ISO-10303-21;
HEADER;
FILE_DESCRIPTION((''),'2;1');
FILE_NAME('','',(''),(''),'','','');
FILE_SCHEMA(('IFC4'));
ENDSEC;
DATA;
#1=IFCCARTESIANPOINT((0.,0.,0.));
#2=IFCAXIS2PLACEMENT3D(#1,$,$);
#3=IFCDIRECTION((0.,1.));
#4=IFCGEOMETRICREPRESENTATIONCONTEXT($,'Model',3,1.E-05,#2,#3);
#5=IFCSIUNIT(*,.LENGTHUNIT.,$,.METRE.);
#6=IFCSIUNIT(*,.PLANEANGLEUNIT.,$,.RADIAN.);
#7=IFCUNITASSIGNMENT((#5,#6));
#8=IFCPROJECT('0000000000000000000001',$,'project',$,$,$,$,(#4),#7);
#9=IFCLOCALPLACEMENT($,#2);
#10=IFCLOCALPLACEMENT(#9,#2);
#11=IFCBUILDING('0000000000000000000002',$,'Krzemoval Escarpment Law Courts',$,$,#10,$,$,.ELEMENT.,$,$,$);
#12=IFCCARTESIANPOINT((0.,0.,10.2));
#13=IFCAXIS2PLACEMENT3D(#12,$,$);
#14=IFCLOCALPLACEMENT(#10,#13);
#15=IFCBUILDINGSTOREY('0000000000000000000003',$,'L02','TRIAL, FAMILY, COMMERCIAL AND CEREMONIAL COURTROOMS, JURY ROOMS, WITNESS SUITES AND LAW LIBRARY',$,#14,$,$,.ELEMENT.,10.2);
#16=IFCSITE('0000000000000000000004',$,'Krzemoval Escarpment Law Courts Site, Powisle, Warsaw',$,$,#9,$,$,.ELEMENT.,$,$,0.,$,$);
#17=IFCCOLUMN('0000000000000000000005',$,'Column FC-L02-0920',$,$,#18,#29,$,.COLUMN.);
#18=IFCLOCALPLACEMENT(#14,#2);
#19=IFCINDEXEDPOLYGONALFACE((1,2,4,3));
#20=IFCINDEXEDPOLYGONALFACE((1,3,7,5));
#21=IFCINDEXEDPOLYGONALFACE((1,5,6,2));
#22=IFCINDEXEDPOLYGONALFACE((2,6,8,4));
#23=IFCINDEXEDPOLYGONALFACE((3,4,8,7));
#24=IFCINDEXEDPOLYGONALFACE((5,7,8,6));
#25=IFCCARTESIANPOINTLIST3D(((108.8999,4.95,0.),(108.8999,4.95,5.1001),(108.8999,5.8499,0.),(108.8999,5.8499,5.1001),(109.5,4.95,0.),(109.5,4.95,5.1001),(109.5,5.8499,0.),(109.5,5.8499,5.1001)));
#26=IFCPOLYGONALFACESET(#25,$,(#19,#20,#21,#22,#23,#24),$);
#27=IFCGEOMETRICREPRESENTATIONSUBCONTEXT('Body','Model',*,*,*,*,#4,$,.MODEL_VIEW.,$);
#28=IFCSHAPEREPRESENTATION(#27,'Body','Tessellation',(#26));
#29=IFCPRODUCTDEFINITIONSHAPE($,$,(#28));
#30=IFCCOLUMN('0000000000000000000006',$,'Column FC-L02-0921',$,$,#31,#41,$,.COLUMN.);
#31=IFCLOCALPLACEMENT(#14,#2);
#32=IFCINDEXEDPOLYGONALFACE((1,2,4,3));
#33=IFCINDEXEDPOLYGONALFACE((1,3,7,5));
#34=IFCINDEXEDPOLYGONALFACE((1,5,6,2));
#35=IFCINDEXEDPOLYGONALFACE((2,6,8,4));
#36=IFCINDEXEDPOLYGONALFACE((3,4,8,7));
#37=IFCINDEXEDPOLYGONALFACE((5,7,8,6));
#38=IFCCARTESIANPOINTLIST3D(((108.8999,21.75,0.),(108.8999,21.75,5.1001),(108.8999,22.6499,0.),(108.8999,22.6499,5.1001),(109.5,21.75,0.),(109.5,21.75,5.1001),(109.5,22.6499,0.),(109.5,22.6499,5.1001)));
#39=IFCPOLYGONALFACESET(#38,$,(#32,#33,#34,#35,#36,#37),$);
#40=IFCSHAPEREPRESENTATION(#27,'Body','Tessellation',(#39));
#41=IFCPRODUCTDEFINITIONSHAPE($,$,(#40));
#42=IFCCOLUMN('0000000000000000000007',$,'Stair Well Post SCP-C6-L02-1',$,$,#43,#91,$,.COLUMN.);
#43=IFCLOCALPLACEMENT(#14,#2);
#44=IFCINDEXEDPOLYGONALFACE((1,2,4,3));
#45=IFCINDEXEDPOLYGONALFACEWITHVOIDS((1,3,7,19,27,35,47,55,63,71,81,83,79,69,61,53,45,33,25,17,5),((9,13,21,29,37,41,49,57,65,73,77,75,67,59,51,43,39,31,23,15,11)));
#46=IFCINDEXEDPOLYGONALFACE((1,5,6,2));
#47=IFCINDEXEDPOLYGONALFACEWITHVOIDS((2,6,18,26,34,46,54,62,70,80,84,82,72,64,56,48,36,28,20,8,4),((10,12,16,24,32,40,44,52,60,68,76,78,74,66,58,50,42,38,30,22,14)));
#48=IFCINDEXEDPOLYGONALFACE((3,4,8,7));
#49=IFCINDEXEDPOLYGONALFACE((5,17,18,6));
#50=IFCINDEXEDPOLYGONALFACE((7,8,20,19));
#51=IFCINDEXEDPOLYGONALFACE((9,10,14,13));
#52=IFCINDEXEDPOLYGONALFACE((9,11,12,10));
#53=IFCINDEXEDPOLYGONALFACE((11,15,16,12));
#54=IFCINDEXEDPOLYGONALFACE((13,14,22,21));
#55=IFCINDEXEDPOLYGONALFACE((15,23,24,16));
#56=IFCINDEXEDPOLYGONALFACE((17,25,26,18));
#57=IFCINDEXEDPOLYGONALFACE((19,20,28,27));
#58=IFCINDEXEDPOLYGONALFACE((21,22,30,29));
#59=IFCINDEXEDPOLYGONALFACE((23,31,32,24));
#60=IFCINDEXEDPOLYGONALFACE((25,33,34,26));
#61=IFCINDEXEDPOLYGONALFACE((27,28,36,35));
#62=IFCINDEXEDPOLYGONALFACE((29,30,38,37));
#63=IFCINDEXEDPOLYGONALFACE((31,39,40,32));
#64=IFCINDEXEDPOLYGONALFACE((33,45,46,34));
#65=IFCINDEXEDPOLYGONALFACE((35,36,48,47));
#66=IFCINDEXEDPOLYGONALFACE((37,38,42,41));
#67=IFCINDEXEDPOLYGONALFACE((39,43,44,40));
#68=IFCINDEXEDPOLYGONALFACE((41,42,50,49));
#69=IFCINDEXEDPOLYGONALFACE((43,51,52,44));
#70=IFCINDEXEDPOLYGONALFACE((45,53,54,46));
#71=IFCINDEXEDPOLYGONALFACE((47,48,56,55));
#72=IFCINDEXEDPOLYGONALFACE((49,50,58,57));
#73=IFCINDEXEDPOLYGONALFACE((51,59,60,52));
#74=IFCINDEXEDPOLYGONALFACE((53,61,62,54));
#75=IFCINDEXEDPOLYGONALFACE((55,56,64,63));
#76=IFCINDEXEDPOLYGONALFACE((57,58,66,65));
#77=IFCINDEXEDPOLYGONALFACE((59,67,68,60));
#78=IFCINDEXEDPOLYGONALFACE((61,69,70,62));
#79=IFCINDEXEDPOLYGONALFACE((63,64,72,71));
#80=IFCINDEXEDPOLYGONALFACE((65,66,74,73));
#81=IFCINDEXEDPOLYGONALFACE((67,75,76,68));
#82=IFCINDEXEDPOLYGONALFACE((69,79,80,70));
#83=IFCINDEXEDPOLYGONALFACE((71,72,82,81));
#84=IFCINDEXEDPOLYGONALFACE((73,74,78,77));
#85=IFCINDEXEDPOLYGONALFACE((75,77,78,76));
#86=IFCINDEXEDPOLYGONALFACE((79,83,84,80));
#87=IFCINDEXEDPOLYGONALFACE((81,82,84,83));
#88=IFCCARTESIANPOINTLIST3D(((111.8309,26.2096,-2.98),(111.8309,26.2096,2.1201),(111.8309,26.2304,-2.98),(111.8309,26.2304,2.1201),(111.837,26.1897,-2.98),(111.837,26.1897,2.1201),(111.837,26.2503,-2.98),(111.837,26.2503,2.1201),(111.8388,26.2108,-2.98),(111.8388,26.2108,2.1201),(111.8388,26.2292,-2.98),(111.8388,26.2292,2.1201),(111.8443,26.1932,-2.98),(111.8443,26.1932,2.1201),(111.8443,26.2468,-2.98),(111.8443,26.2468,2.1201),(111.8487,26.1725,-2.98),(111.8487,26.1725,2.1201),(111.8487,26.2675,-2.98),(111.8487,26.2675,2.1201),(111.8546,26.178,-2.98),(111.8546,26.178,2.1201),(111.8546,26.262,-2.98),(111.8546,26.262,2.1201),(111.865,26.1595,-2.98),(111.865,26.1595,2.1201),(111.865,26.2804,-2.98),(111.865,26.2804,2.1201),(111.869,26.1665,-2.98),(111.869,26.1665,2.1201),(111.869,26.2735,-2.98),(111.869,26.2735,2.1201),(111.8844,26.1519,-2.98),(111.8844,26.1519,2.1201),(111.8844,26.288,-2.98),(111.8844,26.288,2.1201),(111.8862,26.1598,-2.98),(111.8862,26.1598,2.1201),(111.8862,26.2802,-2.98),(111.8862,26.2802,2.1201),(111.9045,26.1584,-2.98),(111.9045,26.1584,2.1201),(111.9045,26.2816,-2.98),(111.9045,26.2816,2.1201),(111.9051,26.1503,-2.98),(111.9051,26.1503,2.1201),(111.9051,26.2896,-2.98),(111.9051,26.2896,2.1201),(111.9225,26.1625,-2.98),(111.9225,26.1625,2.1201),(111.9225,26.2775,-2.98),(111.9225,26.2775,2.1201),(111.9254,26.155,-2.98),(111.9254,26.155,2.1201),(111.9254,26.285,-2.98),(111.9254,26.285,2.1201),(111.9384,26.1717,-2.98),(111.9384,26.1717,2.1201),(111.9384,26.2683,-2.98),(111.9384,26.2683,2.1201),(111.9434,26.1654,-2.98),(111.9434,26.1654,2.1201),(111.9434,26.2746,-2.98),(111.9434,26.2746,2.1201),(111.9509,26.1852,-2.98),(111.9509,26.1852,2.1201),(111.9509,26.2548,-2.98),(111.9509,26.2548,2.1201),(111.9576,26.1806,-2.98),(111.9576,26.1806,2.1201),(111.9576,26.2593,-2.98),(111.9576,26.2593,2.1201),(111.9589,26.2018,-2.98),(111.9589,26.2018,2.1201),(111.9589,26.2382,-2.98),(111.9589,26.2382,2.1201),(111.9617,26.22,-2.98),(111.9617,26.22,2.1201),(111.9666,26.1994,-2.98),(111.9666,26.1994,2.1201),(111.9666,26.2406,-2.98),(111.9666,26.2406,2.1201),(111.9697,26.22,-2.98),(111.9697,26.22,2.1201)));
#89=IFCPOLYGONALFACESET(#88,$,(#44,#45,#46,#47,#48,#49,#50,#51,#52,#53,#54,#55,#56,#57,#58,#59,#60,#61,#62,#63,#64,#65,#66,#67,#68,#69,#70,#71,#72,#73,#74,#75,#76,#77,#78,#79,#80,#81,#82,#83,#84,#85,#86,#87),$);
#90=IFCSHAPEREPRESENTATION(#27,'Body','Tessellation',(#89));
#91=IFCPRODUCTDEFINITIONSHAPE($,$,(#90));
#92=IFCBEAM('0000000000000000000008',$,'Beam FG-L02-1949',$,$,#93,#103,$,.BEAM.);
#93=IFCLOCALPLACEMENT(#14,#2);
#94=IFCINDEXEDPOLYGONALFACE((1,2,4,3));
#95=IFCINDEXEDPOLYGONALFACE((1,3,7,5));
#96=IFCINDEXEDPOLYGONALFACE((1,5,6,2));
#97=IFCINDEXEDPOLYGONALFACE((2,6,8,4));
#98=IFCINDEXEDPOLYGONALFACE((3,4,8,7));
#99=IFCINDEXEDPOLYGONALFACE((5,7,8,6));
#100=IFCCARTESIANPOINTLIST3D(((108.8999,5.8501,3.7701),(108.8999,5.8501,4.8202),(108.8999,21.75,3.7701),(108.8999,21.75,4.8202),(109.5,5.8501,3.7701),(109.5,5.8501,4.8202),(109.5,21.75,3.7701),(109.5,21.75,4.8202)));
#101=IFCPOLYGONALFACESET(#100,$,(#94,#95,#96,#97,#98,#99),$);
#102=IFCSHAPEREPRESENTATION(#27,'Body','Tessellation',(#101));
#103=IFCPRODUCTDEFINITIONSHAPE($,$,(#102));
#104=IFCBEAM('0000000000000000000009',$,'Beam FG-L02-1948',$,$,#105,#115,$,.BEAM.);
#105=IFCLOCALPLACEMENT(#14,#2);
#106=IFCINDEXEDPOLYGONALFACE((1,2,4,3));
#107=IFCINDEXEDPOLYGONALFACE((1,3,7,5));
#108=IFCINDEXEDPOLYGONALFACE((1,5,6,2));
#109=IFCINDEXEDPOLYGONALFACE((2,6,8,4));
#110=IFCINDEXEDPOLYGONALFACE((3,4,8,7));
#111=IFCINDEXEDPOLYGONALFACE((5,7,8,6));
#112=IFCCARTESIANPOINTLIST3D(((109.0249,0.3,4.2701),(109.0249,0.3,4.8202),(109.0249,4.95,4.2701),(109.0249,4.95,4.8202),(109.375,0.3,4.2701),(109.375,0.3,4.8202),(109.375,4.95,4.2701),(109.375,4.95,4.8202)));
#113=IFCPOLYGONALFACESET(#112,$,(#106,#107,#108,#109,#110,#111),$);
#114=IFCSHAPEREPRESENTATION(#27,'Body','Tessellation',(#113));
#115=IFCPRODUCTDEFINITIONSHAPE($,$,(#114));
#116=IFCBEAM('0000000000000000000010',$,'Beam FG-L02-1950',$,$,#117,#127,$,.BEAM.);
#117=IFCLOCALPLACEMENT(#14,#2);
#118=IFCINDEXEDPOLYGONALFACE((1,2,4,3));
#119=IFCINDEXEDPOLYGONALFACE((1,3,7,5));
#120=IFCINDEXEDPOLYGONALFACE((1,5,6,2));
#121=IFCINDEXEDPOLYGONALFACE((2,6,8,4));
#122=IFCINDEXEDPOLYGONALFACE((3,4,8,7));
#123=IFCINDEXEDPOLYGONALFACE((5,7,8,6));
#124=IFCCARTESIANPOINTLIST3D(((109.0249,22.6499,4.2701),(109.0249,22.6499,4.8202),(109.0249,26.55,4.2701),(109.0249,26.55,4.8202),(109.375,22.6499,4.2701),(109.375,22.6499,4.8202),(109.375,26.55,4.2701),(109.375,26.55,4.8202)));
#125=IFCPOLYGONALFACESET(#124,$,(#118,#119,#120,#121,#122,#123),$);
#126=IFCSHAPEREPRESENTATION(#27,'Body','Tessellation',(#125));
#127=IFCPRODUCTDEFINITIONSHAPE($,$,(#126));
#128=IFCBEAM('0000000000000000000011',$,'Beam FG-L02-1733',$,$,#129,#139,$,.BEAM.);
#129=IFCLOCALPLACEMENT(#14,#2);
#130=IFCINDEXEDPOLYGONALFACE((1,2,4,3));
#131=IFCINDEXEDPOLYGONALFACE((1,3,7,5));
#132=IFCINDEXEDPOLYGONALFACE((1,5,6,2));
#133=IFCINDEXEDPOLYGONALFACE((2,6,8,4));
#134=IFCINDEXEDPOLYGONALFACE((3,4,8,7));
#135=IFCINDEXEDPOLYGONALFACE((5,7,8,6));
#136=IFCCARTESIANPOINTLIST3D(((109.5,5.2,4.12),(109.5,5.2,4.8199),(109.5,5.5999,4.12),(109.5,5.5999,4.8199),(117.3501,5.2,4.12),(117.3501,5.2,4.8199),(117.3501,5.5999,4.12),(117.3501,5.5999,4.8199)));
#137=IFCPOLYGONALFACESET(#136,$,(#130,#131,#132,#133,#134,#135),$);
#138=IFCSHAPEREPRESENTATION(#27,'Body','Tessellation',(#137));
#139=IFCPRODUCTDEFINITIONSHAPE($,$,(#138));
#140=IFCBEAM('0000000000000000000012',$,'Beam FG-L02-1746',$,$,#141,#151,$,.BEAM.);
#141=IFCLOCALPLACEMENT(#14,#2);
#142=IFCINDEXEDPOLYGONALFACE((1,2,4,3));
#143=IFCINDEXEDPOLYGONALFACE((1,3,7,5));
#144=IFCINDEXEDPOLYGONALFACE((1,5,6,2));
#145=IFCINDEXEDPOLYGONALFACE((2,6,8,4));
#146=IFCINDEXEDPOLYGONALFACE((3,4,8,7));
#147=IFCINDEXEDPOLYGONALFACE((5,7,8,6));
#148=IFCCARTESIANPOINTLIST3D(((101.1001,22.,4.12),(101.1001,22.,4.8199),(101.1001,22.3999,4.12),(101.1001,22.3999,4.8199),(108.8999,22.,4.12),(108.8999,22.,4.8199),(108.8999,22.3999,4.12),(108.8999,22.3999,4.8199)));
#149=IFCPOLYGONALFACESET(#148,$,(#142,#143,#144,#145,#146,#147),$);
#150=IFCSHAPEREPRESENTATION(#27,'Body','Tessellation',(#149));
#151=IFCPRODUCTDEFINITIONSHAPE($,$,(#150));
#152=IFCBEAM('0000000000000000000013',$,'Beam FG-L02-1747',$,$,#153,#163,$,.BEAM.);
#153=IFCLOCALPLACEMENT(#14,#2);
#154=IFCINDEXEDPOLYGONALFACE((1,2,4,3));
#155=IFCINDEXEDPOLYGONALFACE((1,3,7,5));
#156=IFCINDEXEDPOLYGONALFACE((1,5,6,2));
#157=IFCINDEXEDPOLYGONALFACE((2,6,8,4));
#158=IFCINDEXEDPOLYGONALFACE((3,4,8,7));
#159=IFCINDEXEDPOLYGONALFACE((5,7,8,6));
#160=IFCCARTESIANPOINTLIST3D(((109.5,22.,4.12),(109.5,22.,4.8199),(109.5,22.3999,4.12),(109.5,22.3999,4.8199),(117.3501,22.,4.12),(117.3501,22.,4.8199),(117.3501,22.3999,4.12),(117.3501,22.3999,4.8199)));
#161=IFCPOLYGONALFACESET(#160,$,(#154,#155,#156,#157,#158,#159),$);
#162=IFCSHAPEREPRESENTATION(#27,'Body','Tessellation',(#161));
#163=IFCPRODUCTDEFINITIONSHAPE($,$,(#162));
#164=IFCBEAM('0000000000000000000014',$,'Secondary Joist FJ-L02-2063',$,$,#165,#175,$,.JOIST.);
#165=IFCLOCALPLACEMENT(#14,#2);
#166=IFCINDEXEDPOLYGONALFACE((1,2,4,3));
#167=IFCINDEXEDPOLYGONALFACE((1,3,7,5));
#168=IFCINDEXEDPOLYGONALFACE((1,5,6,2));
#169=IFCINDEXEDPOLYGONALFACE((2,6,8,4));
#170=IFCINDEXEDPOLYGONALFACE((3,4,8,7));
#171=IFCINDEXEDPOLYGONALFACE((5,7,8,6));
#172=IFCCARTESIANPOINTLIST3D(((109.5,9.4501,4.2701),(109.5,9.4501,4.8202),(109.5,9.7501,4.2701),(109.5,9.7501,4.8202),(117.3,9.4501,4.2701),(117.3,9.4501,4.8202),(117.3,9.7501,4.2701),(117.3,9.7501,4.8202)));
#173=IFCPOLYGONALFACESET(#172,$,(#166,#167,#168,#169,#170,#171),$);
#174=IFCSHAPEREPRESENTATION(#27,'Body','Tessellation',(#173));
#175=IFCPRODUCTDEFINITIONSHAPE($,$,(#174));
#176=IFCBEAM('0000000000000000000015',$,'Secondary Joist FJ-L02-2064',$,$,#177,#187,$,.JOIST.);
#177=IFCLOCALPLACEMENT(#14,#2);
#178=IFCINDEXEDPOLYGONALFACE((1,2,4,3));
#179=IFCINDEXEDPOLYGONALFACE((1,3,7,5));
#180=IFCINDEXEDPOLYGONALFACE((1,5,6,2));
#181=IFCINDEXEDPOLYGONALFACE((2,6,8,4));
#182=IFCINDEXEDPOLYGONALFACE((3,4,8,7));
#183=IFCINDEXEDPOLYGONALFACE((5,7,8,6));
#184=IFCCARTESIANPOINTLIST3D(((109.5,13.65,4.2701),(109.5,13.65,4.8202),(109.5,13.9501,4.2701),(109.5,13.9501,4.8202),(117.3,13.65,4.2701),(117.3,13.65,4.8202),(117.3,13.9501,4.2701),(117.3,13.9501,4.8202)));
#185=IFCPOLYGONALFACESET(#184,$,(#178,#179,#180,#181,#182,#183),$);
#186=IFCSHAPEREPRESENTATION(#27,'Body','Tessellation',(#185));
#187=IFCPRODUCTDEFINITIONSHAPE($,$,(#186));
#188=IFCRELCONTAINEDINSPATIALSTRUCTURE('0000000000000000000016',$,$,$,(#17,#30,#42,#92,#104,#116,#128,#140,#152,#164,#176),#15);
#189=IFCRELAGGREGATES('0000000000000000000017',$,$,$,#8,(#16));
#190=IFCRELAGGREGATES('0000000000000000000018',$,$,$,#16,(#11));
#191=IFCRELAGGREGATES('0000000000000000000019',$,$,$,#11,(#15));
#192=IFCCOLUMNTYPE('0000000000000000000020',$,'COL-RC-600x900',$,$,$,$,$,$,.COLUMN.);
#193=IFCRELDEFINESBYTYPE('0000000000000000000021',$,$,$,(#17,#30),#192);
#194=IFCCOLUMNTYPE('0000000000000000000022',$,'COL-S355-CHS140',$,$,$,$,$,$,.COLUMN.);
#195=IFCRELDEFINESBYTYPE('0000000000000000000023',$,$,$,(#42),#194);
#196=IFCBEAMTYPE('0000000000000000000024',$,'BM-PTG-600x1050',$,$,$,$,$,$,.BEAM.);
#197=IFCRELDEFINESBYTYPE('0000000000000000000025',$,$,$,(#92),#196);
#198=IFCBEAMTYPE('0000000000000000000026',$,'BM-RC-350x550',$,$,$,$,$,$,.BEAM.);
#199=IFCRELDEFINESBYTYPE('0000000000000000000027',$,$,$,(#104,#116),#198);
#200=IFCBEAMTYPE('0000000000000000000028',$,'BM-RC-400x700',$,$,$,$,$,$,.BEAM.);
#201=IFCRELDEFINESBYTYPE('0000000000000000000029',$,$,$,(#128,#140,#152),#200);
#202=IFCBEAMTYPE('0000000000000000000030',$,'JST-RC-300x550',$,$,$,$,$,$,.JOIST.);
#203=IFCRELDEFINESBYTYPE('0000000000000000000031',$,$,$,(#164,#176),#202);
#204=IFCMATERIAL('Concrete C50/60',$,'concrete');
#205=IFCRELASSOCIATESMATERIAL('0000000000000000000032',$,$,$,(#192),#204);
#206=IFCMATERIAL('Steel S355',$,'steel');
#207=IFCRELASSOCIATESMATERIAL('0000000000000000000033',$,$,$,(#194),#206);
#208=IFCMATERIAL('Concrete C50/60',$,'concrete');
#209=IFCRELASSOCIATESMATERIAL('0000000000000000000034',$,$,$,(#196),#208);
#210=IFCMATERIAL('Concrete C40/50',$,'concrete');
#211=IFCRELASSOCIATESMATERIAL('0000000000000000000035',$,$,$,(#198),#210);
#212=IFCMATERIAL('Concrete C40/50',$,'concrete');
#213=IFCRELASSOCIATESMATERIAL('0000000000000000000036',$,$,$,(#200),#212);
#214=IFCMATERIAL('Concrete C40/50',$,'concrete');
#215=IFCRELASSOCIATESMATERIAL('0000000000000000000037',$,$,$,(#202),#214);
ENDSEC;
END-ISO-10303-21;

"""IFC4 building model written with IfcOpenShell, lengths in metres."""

from ifc_helpers import new_model, si_unit, direction, frame, origin, origin_2d, place, context, subcontext, project, spatial, rectangle, hollow_circle, extrude, material, material_profile, profile_set, type_object, element, save


model = new_model("IFC4")

# Units and contexts
model_context = context("Model", 3, precision=1e-05, world=origin(), true_north=direction((0.0, 1.0)))
body_context = subcontext(model_context, "Body", "Model", "MODEL_VIEW")
ifc_project = project(units=[si_unit("LENGTHUNIT", "METRE"), si_unit("PLANEANGLEUNIT", "RADIAN")], contexts=[model_context])

# Site, building, storey
site_placement = place(None, origin())
site = spatial("IfcSite", under=ifc_project, at=site_placement, Name="Krzemoval Escarpment Law Courts Site, Powisle, Warsaw", CompositionType="ELEMENT", RefElevation=0.0)
building_placement = place(site_placement, origin())
building = spatial("IfcBuilding", under=site, at=building_placement, Name="Krzemoval Escarpment Law Courts", CompositionType="ELEMENT")
storey_placement = place(building_placement, frame((0.0, 0.0, 10.2)))
storey = spatial("IfcBuildingStorey", under=building, at=storey_placement, Name="L02", Description="TRIAL, FAMILY, COMMERCIAL AND CEREMONIAL COURTROOMS, JURY ROOMS, WITNESS SUITES AND LAW LIBRARY", CompositionType="ELEMENT", Elevation=10.2)

# Columns
ifc_material_1 = material(Name="Concrete C50/60", Category="concrete")
ifc_material_profile_1 = material_profile(ifc_material_1, rectangle(XDim=0.6001, YDim=0.8999, at=origin_2d()), Name="RC 600x900")
ifc_profile_set_1 = profile_set([ifc_material_profile_1], Name="Concrete C50/60")
column_type_1 = type_object("IfcColumnType", Name="COL-RC-600x900", PredefinedType="COLUMN", material=ifc_profile_set_1)
for number, where, z_axis, x_axis, name in (
    (1, (109.2, 5.3999, 0.0), (0.0, 0.0, 1.0), (1.0, 0.0, 0.0), "Column FC-L02-0920"),
    (2, (109.2, 22.2, 0.0), (0.0, 0.0, 1.0), (1.0, 0.0, 0.0), "Column FC-L02-0921"),
):
    element("IfcColumn", number, at=place(storey_placement, frame(where, z_axis=z_axis, x_axis=x_axis)), inside=storey, type_object=column_type_1, Name=name, PredefinedType="COLUMN", context=body_context, shape_type="SweptSolid", body=[
        extrude(rectangle(XDim=0.6001, YDim=0.8999, at=origin_2d()), origin(), (0.0, 0.0, 1.0), 5.1001),
    ])
ifc_material_2 = material(Name="Steel S355", Category="steel")
ifc_material_profile_2 = material_profile(ifc_material_2, hollow_circle(Radius=0.0698, WallThickness=0.0081, at=origin_2d()), Name="CHS 139.7x8")
ifc_profile_set_2 = profile_set([ifc_material_profile_2], Name="Steel S355")
column_type_2 = type_object("IfcColumnType", Name="COL-S355-CHS140", PredefinedType="COLUMN", material=ifc_profile_set_2)
column_placement = place(storey_placement, frame((111.8999, 26.22, -2.98), z_axis=(0.0, 0.0, 1.0), x_axis=(1.0, 0.0, 0.0)))
element("IfcColumn", 3, at=column_placement, inside=storey, type_object=column_type_2, Name="Stair Well Post SCP-C6-L02-1", PredefinedType="COLUMN", context=body_context, shape_type="SweptSolid", body=[
    extrude(hollow_circle(Radius=0.0698, WallThickness=0.0081, at=origin_2d()), origin(), (0.0, 0.0, 1.0), 5.1001),
])

# Beams
ifc_material_3 = material(Name="Concrete C50/60", Category="concrete")
ifc_material_profile_3 = material_profile(ifc_material_3, rectangle(XDim=0.6001, YDim=1.05, at=origin_2d()), Name="PTG 600x1050")
ifc_profile_set_3 = profile_set([ifc_material_profile_3], Name="Concrete C50/60")
beam_type_1 = type_object("IfcBeamType", Name="BM-PTG-600x1050", PredefinedType="BEAM", material=ifc_profile_set_3)
beam_1_placement = place(storey_placement, frame((109.2, 5.8501, 4.2952), z_axis=(0.0, 1.0, 0.0), x_axis=(-1.0, 0.0, 0.0)))
element("IfcBeam", 4, at=beam_1_placement, inside=storey, type_object=beam_type_1, Name="Beam FG-L02-1949", PredefinedType="BEAM", context=body_context, shape_type="SweptSolid", body=[
    extrude(rectangle(XDim=0.6001, YDim=1.05, at=origin_2d()), origin(), (0.0, 0.0, 1.0), 15.8999),
])
ifc_material_4 = material(Name="Concrete C40/50", Category="concrete")
ifc_material_profile_4 = material_profile(ifc_material_4, rectangle(XDim=0.3501, YDim=0.55, at=origin_2d()), Name="RCB 350x550")
ifc_profile_set_4 = profile_set([ifc_material_profile_4], Name="Concrete C40/50")
beam_type_2 = type_object("IfcBeamType", Name="BM-RC-350x550", PredefinedType="BEAM", material=ifc_profile_set_4)
beam_2_placement = place(storey_placement, frame((109.2, 0.3, 4.5452), z_axis=(0.0, 1.0, 0.0), x_axis=(-1.0, 0.0, 0.0)))
element("IfcBeam", 5, at=beam_2_placement, inside=storey, type_object=beam_type_2, Name="Beam FG-L02-1948", PredefinedType="BEAM", context=body_context, shape_type="SweptSolid", body=[
    extrude(rectangle(XDim=0.3501, YDim=0.55, at=origin_2d()), origin(), (0.0, 0.0, 1.0), 4.6499),
])
beam_3_placement = place(storey_placement, frame((109.2, 22.6499, 4.5452), z_axis=(0.0, 1.0, 0.0), x_axis=(-1.0, 0.0, 0.0)))
element("IfcBeam", 6, at=beam_3_placement, inside=storey, type_object=beam_type_2, Name="Beam FG-L02-1950", PredefinedType="BEAM", context=body_context, shape_type="SweptSolid", body=[
    extrude(rectangle(XDim=0.3501, YDim=0.55, at=origin_2d()), origin(), (0.0, 0.0, 1.0), 3.9001),
])
ifc_material_5 = material(Name="Concrete C40/50", Category="concrete")
ifc_material_profile_5 = material_profile(ifc_material_5, rectangle(XDim=0.3999, YDim=0.7, at=origin_2d()), Name="RCB 400x700")
ifc_profile_set_5 = profile_set([ifc_material_profile_5], Name="Concrete C40/50")
beam_type_3 = type_object("IfcBeamType", Name="BM-RC-400x700", PredefinedType="BEAM", material=ifc_profile_set_5)
beam_4_placement = place(storey_placement, frame((109.5, 5.3999, 4.47), z_axis=(1.0, 0.0, 0.0), x_axis=(0.0, 1.0, 0.0)))
element("IfcBeam", 7, at=beam_4_placement, inside=storey, type_object=beam_type_3, Name="Beam FG-L02-1733", PredefinedType="BEAM", context=body_context, shape_type="SweptSolid", body=[
    extrude(rectangle(XDim=0.3999, YDim=0.7, at=origin_2d()), origin(), (0.0, 0.0, 1.0), 7.8501),
])
beam_5_placement = place(storey_placement, frame((101.1001, 22.2, 4.47), z_axis=(1.0, 0.0, 0.0), x_axis=(0.0, 1.0, 0.0)))
element("IfcBeam", 8, at=beam_5_placement, inside=storey, type_object=beam_type_3, Name="Beam FG-L02-1746", PredefinedType="BEAM", context=body_context, shape_type="SweptSolid", body=[
    extrude(rectangle(XDim=0.3999, YDim=0.7, at=origin_2d()), origin(), (0.0, 0.0, 1.0), 7.7998),
])
beam_6_placement = place(storey_placement, frame((109.5, 22.2, 4.47), z_axis=(1.0, 0.0, 0.0), x_axis=(0.0, 1.0, 0.0)))
element("IfcBeam", 9, at=beam_6_placement, inside=storey, type_object=beam_type_3, Name="Beam FG-L02-1747", PredefinedType="BEAM", context=body_context, shape_type="SweptSolid", body=[
    extrude(rectangle(XDim=0.3999, YDim=0.7, at=origin_2d()), origin(), (0.0, 0.0, 1.0), 7.8501),
])
ifc_material_6 = material(Name="Concrete C40/50", Category="concrete")
ifc_material_profile_6 = material_profile(ifc_material_6, rectangle(XDim=0.3, YDim=0.55, at=origin_2d()), Name="RCB 300x550")
ifc_profile_set_6 = profile_set([ifc_material_profile_6], Name="Concrete C40/50")
beam_type_4 = type_object("IfcBeamType", Name="JST-RC-300x550", PredefinedType="JOIST", material=ifc_profile_set_6)
for number, where, z_axis, x_axis, name in (
    (10, (109.5, 9.6001, 4.5452), (1.0, 0.0, 0.0), (0.0, 1.0, 0.0), "Secondary Joist FJ-L02-2063"),
    (11, (109.5, 13.8, 4.5452), (1.0, 0.0, 0.0), (0.0, 1.0, 0.0), "Secondary Joist FJ-L02-2064"),
):
    element("IfcBeam", number, at=place(storey_placement, frame(where, z_axis=z_axis, x_axis=x_axis)), inside=storey, type_object=beam_type_4, Name=name, PredefinedType="JOIST", context=body_context, shape_type="SweptSolid", body=[
        extrude(rectangle(XDim=0.3, YDim=0.55, at=origin_2d()), origin(), (0.0, 0.0, 1.0), 7.8),
    ])

save(model, "model.ifc")
